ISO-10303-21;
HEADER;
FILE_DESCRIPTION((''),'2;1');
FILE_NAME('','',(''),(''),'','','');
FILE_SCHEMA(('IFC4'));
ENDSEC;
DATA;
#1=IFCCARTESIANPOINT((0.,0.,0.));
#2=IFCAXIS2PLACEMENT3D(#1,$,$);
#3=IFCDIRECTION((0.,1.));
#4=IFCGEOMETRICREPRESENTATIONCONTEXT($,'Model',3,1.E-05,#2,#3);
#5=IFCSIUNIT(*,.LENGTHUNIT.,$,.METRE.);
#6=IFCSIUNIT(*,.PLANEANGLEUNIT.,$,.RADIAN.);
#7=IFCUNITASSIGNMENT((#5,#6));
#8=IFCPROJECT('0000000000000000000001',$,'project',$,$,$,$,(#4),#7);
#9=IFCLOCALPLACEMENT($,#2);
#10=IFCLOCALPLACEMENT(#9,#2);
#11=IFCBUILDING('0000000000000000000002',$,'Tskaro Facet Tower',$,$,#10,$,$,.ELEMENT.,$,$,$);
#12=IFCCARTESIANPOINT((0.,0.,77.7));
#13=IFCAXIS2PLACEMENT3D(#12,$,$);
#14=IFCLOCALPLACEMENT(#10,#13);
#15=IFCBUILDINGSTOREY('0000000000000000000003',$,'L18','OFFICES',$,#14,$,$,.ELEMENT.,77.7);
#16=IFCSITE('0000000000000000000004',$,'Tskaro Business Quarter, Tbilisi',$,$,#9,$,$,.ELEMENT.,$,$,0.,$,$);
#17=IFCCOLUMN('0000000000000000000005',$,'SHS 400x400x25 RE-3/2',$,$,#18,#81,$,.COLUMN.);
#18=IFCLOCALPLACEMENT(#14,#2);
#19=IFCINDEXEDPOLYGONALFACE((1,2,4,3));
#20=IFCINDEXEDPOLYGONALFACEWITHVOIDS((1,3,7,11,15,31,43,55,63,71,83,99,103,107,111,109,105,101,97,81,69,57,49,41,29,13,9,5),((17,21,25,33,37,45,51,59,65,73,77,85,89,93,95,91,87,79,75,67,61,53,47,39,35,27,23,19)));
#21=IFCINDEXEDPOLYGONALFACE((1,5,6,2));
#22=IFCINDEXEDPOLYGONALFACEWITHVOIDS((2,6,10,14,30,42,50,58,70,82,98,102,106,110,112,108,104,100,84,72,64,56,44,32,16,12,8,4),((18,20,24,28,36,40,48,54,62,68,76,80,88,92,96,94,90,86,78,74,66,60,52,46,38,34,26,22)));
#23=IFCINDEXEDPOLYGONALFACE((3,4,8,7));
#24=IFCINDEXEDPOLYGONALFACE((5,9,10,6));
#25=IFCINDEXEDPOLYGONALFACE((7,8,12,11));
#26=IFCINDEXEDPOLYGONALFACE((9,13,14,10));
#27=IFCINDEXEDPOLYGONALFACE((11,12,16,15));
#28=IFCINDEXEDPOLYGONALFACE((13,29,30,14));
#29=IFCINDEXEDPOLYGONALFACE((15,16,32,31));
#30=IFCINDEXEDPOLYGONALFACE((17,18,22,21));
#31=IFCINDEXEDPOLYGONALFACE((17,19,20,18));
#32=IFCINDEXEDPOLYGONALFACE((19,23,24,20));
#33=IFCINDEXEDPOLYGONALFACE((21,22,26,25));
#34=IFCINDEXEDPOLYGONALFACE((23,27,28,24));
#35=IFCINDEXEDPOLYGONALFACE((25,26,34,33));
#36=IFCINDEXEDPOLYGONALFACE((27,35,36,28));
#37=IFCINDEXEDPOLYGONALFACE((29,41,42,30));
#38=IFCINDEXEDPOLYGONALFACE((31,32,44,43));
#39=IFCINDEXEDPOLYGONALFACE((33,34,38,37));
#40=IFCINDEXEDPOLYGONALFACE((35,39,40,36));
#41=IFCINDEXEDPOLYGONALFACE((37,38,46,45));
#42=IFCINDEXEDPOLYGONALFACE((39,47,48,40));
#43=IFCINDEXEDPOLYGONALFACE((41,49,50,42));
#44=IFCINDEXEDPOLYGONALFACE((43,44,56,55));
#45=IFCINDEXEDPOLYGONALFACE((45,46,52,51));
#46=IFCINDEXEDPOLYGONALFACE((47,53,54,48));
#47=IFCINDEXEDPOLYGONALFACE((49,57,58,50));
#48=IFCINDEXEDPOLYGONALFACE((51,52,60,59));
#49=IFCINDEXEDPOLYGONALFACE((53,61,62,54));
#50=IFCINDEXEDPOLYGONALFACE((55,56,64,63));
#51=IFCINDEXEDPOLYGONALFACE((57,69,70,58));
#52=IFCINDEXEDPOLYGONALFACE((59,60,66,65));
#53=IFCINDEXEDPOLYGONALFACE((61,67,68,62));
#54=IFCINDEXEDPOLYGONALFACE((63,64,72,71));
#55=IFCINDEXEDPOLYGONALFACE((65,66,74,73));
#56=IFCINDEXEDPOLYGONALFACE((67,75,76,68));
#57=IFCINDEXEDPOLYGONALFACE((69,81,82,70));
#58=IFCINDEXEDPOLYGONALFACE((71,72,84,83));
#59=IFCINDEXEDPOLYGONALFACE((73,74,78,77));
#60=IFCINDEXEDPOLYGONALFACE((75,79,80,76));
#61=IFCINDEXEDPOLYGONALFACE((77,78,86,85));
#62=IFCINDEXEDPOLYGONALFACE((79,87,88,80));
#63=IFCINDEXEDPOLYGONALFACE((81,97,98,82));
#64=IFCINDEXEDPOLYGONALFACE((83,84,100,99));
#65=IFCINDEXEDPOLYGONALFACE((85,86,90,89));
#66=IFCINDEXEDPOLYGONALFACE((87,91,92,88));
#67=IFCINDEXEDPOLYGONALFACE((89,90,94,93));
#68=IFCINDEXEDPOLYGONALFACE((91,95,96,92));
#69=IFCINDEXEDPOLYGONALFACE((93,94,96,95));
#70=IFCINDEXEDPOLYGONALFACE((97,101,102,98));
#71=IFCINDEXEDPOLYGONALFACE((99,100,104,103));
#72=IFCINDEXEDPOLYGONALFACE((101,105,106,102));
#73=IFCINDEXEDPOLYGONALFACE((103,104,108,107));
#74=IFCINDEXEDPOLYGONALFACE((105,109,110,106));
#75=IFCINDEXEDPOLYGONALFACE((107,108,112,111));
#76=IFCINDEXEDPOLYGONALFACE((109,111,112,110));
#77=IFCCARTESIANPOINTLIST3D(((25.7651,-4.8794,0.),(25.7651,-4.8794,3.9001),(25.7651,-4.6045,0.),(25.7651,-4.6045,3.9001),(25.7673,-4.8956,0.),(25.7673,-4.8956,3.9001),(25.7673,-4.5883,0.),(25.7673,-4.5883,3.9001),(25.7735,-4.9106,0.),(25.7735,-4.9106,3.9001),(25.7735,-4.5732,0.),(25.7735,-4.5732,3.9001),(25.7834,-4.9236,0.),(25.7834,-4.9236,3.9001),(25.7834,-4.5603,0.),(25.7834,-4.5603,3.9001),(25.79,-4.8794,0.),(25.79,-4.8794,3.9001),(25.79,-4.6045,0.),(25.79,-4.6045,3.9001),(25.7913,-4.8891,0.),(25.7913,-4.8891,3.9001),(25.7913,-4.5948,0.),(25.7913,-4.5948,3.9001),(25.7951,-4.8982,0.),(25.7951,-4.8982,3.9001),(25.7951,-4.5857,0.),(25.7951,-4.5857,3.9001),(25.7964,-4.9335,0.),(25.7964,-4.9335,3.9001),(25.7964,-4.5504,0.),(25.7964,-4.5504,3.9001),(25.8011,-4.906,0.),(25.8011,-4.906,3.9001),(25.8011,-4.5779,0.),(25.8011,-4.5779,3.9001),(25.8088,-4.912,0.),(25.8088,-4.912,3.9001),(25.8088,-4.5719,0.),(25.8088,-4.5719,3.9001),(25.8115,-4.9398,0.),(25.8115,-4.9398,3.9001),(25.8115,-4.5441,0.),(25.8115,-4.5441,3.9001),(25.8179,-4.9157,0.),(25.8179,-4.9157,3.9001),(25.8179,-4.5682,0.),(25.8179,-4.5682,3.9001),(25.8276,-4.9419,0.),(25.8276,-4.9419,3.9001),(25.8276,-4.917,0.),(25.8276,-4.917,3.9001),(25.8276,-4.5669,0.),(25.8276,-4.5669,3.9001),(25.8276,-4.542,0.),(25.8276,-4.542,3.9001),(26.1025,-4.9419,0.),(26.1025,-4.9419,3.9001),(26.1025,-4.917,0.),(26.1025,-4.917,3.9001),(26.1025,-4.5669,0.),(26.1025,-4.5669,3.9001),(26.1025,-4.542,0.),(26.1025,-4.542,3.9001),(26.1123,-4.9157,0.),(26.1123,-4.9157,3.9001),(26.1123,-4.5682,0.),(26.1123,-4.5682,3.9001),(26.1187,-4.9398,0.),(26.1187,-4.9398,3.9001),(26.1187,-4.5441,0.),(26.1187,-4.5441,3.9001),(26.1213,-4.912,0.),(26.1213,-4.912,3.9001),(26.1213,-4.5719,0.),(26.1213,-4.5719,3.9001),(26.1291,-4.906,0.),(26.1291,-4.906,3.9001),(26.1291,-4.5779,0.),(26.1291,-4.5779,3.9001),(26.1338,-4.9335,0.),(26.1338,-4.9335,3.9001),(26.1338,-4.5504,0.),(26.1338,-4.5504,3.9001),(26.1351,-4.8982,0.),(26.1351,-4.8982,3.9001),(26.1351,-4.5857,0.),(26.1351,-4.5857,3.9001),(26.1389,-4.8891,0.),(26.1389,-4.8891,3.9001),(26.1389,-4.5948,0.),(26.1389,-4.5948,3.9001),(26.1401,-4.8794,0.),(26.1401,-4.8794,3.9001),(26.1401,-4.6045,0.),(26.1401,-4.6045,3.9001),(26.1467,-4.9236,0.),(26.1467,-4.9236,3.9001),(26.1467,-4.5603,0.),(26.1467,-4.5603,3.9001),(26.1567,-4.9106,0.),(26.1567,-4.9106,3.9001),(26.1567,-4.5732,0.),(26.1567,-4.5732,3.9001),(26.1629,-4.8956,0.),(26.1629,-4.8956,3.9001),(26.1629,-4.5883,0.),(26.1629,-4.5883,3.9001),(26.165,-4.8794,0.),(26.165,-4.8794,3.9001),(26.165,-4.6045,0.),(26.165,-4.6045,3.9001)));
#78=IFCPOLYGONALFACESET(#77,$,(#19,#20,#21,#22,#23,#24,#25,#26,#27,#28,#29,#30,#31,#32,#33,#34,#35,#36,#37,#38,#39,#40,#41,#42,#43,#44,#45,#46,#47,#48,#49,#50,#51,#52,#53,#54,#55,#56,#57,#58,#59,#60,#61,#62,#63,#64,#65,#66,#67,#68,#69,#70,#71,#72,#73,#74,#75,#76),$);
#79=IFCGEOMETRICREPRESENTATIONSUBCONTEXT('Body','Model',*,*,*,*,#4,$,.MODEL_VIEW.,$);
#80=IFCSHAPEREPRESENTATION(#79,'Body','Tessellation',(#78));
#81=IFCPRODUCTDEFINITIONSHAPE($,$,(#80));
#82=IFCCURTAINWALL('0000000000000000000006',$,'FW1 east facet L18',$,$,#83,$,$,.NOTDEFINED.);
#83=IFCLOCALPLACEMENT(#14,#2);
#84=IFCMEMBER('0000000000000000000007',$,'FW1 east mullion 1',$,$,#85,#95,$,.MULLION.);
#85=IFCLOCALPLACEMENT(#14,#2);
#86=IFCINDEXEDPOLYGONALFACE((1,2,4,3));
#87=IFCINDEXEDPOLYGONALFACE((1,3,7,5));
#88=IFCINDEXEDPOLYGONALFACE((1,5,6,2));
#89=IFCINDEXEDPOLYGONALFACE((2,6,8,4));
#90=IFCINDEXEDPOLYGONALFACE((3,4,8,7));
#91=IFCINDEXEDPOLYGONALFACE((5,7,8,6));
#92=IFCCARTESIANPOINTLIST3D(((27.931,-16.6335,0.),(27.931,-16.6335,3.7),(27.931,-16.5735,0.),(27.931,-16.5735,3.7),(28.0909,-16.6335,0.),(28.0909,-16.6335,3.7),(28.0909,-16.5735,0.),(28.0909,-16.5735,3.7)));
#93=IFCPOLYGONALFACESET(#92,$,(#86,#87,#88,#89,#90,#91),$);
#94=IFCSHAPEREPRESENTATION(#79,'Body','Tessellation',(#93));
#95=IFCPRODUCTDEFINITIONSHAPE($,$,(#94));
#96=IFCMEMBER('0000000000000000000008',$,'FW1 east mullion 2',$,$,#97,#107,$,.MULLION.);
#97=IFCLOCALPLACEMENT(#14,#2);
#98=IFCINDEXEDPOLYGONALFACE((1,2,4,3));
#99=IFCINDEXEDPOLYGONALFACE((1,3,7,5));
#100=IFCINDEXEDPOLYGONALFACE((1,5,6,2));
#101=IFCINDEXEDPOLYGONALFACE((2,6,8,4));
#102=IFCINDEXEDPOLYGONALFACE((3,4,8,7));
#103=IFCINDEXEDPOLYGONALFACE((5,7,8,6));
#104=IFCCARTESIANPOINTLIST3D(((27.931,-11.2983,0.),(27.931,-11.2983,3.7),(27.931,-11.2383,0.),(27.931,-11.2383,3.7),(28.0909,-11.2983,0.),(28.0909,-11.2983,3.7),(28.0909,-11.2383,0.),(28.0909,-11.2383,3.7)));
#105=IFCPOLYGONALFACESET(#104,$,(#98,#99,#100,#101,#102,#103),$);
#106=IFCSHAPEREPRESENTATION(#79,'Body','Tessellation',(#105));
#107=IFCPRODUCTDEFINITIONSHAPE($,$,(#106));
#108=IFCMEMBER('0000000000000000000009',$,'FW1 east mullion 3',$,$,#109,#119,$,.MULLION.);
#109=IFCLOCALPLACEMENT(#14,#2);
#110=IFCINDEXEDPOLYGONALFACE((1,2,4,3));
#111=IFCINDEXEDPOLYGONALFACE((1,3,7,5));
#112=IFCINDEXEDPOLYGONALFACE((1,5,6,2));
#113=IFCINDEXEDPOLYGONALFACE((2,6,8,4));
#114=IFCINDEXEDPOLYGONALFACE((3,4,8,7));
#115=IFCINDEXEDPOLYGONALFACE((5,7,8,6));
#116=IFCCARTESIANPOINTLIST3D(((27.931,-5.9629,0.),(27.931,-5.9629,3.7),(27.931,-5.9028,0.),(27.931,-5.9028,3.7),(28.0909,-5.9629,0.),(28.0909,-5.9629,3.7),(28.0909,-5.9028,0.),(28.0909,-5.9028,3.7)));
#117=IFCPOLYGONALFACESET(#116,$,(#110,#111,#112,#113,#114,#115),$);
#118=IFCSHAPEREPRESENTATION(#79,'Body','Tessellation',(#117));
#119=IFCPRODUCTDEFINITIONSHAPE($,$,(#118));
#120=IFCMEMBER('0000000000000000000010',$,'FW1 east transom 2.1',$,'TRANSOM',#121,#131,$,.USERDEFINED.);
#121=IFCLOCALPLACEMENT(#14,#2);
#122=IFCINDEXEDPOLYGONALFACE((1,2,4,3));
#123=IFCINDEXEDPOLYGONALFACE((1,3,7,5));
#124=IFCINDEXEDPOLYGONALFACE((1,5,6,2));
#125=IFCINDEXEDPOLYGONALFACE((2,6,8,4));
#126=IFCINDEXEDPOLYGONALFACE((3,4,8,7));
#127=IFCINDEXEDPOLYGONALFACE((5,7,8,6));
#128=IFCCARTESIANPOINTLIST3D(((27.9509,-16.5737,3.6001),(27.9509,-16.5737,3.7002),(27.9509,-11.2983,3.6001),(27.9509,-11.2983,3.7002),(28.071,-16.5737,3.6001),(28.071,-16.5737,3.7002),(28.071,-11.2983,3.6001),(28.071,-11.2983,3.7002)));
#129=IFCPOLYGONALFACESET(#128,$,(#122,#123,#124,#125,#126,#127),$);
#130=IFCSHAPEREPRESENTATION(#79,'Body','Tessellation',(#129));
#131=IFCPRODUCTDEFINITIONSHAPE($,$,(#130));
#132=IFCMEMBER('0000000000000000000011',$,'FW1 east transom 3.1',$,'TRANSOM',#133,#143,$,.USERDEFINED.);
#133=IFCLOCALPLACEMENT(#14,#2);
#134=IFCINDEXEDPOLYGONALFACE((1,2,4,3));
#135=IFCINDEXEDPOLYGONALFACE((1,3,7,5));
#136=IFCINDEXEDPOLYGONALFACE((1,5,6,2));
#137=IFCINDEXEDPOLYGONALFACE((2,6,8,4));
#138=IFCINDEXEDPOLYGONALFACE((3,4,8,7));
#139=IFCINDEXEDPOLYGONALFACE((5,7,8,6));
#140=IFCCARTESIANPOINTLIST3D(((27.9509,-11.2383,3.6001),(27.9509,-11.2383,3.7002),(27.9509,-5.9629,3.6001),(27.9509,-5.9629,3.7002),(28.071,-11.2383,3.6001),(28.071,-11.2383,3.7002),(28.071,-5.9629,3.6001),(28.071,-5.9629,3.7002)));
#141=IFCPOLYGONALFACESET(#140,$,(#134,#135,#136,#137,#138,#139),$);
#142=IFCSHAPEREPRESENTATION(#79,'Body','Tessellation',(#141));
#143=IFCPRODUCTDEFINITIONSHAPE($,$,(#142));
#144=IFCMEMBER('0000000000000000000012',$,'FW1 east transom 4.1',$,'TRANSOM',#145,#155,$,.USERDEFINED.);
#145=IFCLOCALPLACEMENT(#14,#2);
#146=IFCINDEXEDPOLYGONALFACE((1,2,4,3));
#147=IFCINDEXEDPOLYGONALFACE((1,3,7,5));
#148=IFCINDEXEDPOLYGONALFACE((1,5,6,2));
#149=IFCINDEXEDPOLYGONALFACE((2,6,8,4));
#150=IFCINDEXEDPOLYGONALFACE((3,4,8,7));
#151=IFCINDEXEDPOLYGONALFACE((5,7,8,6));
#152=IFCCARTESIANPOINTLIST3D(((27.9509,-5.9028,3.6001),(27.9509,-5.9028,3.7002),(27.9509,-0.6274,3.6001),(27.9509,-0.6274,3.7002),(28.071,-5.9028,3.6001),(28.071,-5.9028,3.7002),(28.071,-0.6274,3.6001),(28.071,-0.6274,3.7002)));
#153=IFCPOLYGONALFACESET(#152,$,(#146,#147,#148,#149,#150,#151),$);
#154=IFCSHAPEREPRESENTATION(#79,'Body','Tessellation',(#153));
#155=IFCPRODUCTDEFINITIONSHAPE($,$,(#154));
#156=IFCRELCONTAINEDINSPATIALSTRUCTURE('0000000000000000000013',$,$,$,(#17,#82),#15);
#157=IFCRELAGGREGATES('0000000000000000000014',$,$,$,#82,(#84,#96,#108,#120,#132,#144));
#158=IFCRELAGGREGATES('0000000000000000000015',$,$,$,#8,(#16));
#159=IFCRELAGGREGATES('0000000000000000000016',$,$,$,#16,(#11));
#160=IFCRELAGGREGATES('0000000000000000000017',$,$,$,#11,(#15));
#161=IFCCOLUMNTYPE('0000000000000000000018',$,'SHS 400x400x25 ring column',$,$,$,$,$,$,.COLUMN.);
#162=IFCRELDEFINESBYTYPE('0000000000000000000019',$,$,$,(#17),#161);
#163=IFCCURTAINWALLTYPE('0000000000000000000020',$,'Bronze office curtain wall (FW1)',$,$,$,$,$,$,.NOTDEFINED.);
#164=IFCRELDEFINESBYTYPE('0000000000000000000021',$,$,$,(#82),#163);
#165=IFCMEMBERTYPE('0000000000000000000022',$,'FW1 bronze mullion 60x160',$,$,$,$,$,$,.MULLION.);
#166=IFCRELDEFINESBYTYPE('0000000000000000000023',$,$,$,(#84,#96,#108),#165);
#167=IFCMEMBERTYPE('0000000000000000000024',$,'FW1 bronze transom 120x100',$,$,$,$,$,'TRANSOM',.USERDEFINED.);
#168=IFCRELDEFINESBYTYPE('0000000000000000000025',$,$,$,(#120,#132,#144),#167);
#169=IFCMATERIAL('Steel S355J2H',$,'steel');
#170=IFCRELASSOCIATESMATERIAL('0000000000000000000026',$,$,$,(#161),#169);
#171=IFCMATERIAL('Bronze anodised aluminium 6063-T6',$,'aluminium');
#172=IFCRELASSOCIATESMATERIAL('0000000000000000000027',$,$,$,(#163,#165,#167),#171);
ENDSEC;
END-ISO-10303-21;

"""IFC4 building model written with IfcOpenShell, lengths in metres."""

from ifc_helpers import new_model, si_unit, direction, frame, origin, origin_2d, place, context, subcontext, project, spatial, rectangle, hollow_rectangle, extrude, material, material_profile, profile_set, type_object, element, aggregate, save


model = new_model("IFC4")

# Units and contexts
model_context = context("Model", 3, precision=1e-05, world=origin(), true_north=direction((0.0, 1.0)))
body_context = subcontext(model_context, "Body", "Model", "MODEL_VIEW")
ifc_project = project(units=[si_unit("LENGTHUNIT", "METRE"), si_unit("PLANEANGLEUNIT", "RADIAN")], contexts=[model_context])

# Site, building, storey
site_placement = place(None, origin())
site = spatial("IfcSite", under=ifc_project, at=site_placement, Name="Tskaro Business Quarter, Tbilisi", CompositionType="ELEMENT", RefElevation=0.0)
building_placement = place(site_placement, origin())
building = spatial("IfcBuilding", under=site, at=building_placement, Name="Tskaro Facet Tower", CompositionType="ELEMENT")
storey_placement = place(building_placement, frame((0.0, 0.0, 77.7)))
storey = spatial("IfcBuildingStorey", under=building, at=storey_placement, Name="L18", Description="OFFICES", CompositionType="ELEMENT", Elevation=77.7)

# Column
ifc_material_1 = material(Name="Steel S355J2H", Category="steel")
ifc_material_profile_1 = material_profile(ifc_material_1, hollow_rectangle(XDim=0.3999, YDim=0.3999, WallThickness=0.0249, InnerFilletRadius=0.0376, OuterFilletRadius=0.0625, at=origin_2d()), Name="SHS 400x400x25")
ifc_profile_set_1 = profile_set([ifc_material_profile_1], Name="Steel S355J2H")
column_type_1 = type_object("IfcColumnType", Name="SHS 400x400x25 ring column", PredefinedType="COLUMN", material=ifc_profile_set_1)
for number, where, z_axis, x_axis, name in (
    (1, (25.9651, -4.7419, 0.0), (0.0, 0.0, 1.0), (1.0, 0.0, 0.0), "SHS 400x400x25 RE-3/2"),
):
    element("IfcColumn", number, at=place(storey_placement, frame(where, z_axis=z_axis, x_axis=x_axis)), inside=storey, type_object=column_type_1, Name=name, PredefinedType="COLUMN", context=body_context, shape_type="SweptSolid", body=[
        extrude(hollow_rectangle(XDim=0.3999, YDim=0.3999, WallThickness=0.0249, InnerFilletRadius=0.0376, OuterFilletRadius=0.0625, at=origin_2d()), origin(), (0.0, 0.0, 1.0), 3.9001),
    ])

# Curtain wall, members
ifc_material_2 = material(Name="Bronze anodised aluminium 6063-T6", Category="aluminium")
curtain_wall_type = type_object("IfcCurtainWallType", Name="Bronze office curtain wall (FW1)", PredefinedType="NOTDEFINED", material=ifc_material_2)
curtain_wall_placement = place(storey_placement, origin())
curtain_wall = element("IfcCurtainWall", 2, at=curtain_wall_placement, inside=storey, type_object=curtain_wall_type, Name="FW1 east facet L18", PredefinedType="NOTDEFINED")
ifc_material_profile_2 = material_profile(ifc_material_2, rectangle(XDim=0.0601, YDim=0.1599, at=origin_2d()), Name="Mullion 60x160")
ifc_profile_set_2 = profile_set([ifc_material_profile_2], Name="Bronze anodised aluminium 6063-T6")
member_type_1 = type_object("IfcMemberType", Name="FW1 bronze mullion 60x160", PredefinedType="MULLION", material=ifc_profile_set_2)
member_1_placement = place(storey_placement, frame((28.011, -16.6035, 0.0), z_axis=(0.0, 0.0, 1.0), x_axis=(0.0, 1.0, 0.0)))
member_1 = element("IfcMember", 3, at=member_1_placement, type_object=member_type_1, Name="FW1 east mullion 1", PredefinedType="MULLION", context=body_context, shape_type="SweptSolid", body=[
    extrude(rectangle(XDim=0.0601, YDim=0.1599, at=origin_2d()), origin(), (0.0, 0.0, 1.0), 3.7),
])
member_2_placement = place(storey_placement, frame((28.011, -11.2683, 0.0), z_axis=(0.0, 0.0, 1.0), x_axis=(0.0, 1.0, 0.0)))
member_2 = element("IfcMember", 4, at=member_2_placement, type_object=member_type_1, Name="FW1 east mullion 2", PredefinedType="MULLION", context=body_context, shape_type="SweptSolid", body=[
    extrude(rectangle(XDim=0.0601, YDim=0.1599, at=origin_2d()), origin(), (0.0, 0.0, 1.0), 3.7),
])
member_3_placement = place(storey_placement, frame((28.011, -5.9329, 0.0), z_axis=(0.0, 0.0, 1.0), x_axis=(0.0, 1.0, 0.0)))
member_3 = element("IfcMember", 5, at=member_3_placement, type_object=member_type_1, Name="FW1 east mullion 3", PredefinedType="MULLION", context=body_context, shape_type="SweptSolid", body=[
    extrude(rectangle(XDim=0.0601, YDim=0.1599, at=origin_2d()), origin(), (0.0, 0.0, 1.0), 3.7),
])
ifc_material_profile_3 = material_profile(ifc_material_2, rectangle(XDim=0.1201, YDim=0.1001, at=origin_2d()), Name="Transom 120x100")
ifc_profile_set_3 = profile_set([ifc_material_profile_3], Name="Bronze anodised aluminium 6063-T6")
member_type_2 = type_object("IfcMemberType", Name="FW1 bronze transom 120x100", ElementType="TRANSOM", PredefinedType="USERDEFINED", material=ifc_profile_set_3)
member_4_placement = place(storey_placement, frame((28.011, -16.5737, 3.6501), z_axis=(0.0, 1.0, 0.0), x_axis=(-1.0, 0.0, 0.0)))
member_4 = element("IfcMember", 6, at=member_4_placement, type_object=member_type_2, Name="FW1 east transom 2.1", ObjectType="TRANSOM", PredefinedType="USERDEFINED", context=body_context, shape_type="SweptSolid", body=[
    extrude(rectangle(XDim=0.1201, YDim=0.1001, at=origin_2d()), origin(), (0.0, 0.0, 1.0), 5.2754),
])
member_5_placement = place(storey_placement, frame((28.011, -11.2383, 3.6501), z_axis=(0.0, 1.0, 0.0), x_axis=(-1.0, 0.0, 0.0)))
member_5 = element("IfcMember", 7, at=member_5_placement, type_object=member_type_2, Name="FW1 east transom 3.1", ObjectType="TRANSOM", PredefinedType="USERDEFINED", context=body_context, shape_type="SweptSolid", body=[
    extrude(rectangle(XDim=0.1201, YDim=0.1001, at=origin_2d()), origin(), (0.0, 0.0, 1.0), 5.2754),
])
member_6_placement = place(storey_placement, frame((28.011, -5.9028, 3.6501), z_axis=(0.0, 1.0, 0.0), x_axis=(-1.0, 0.0, 0.0)))
member_6 = element("IfcMember", 8, at=member_6_placement, type_object=member_type_2, Name="FW1 east transom 4.1", ObjectType="TRANSOM", PredefinedType="USERDEFINED", context=body_context, shape_type="SweptSolid", body=[
    extrude(rectangle(XDim=0.1201, YDim=0.1001, at=origin_2d()), origin(), (0.0, 0.0, 1.0), 5.2754),
])

aggregate(curtain_wall, [member_1, member_2, member_3, member_4, member_5, member_6])

save(model, "model.ifc")
